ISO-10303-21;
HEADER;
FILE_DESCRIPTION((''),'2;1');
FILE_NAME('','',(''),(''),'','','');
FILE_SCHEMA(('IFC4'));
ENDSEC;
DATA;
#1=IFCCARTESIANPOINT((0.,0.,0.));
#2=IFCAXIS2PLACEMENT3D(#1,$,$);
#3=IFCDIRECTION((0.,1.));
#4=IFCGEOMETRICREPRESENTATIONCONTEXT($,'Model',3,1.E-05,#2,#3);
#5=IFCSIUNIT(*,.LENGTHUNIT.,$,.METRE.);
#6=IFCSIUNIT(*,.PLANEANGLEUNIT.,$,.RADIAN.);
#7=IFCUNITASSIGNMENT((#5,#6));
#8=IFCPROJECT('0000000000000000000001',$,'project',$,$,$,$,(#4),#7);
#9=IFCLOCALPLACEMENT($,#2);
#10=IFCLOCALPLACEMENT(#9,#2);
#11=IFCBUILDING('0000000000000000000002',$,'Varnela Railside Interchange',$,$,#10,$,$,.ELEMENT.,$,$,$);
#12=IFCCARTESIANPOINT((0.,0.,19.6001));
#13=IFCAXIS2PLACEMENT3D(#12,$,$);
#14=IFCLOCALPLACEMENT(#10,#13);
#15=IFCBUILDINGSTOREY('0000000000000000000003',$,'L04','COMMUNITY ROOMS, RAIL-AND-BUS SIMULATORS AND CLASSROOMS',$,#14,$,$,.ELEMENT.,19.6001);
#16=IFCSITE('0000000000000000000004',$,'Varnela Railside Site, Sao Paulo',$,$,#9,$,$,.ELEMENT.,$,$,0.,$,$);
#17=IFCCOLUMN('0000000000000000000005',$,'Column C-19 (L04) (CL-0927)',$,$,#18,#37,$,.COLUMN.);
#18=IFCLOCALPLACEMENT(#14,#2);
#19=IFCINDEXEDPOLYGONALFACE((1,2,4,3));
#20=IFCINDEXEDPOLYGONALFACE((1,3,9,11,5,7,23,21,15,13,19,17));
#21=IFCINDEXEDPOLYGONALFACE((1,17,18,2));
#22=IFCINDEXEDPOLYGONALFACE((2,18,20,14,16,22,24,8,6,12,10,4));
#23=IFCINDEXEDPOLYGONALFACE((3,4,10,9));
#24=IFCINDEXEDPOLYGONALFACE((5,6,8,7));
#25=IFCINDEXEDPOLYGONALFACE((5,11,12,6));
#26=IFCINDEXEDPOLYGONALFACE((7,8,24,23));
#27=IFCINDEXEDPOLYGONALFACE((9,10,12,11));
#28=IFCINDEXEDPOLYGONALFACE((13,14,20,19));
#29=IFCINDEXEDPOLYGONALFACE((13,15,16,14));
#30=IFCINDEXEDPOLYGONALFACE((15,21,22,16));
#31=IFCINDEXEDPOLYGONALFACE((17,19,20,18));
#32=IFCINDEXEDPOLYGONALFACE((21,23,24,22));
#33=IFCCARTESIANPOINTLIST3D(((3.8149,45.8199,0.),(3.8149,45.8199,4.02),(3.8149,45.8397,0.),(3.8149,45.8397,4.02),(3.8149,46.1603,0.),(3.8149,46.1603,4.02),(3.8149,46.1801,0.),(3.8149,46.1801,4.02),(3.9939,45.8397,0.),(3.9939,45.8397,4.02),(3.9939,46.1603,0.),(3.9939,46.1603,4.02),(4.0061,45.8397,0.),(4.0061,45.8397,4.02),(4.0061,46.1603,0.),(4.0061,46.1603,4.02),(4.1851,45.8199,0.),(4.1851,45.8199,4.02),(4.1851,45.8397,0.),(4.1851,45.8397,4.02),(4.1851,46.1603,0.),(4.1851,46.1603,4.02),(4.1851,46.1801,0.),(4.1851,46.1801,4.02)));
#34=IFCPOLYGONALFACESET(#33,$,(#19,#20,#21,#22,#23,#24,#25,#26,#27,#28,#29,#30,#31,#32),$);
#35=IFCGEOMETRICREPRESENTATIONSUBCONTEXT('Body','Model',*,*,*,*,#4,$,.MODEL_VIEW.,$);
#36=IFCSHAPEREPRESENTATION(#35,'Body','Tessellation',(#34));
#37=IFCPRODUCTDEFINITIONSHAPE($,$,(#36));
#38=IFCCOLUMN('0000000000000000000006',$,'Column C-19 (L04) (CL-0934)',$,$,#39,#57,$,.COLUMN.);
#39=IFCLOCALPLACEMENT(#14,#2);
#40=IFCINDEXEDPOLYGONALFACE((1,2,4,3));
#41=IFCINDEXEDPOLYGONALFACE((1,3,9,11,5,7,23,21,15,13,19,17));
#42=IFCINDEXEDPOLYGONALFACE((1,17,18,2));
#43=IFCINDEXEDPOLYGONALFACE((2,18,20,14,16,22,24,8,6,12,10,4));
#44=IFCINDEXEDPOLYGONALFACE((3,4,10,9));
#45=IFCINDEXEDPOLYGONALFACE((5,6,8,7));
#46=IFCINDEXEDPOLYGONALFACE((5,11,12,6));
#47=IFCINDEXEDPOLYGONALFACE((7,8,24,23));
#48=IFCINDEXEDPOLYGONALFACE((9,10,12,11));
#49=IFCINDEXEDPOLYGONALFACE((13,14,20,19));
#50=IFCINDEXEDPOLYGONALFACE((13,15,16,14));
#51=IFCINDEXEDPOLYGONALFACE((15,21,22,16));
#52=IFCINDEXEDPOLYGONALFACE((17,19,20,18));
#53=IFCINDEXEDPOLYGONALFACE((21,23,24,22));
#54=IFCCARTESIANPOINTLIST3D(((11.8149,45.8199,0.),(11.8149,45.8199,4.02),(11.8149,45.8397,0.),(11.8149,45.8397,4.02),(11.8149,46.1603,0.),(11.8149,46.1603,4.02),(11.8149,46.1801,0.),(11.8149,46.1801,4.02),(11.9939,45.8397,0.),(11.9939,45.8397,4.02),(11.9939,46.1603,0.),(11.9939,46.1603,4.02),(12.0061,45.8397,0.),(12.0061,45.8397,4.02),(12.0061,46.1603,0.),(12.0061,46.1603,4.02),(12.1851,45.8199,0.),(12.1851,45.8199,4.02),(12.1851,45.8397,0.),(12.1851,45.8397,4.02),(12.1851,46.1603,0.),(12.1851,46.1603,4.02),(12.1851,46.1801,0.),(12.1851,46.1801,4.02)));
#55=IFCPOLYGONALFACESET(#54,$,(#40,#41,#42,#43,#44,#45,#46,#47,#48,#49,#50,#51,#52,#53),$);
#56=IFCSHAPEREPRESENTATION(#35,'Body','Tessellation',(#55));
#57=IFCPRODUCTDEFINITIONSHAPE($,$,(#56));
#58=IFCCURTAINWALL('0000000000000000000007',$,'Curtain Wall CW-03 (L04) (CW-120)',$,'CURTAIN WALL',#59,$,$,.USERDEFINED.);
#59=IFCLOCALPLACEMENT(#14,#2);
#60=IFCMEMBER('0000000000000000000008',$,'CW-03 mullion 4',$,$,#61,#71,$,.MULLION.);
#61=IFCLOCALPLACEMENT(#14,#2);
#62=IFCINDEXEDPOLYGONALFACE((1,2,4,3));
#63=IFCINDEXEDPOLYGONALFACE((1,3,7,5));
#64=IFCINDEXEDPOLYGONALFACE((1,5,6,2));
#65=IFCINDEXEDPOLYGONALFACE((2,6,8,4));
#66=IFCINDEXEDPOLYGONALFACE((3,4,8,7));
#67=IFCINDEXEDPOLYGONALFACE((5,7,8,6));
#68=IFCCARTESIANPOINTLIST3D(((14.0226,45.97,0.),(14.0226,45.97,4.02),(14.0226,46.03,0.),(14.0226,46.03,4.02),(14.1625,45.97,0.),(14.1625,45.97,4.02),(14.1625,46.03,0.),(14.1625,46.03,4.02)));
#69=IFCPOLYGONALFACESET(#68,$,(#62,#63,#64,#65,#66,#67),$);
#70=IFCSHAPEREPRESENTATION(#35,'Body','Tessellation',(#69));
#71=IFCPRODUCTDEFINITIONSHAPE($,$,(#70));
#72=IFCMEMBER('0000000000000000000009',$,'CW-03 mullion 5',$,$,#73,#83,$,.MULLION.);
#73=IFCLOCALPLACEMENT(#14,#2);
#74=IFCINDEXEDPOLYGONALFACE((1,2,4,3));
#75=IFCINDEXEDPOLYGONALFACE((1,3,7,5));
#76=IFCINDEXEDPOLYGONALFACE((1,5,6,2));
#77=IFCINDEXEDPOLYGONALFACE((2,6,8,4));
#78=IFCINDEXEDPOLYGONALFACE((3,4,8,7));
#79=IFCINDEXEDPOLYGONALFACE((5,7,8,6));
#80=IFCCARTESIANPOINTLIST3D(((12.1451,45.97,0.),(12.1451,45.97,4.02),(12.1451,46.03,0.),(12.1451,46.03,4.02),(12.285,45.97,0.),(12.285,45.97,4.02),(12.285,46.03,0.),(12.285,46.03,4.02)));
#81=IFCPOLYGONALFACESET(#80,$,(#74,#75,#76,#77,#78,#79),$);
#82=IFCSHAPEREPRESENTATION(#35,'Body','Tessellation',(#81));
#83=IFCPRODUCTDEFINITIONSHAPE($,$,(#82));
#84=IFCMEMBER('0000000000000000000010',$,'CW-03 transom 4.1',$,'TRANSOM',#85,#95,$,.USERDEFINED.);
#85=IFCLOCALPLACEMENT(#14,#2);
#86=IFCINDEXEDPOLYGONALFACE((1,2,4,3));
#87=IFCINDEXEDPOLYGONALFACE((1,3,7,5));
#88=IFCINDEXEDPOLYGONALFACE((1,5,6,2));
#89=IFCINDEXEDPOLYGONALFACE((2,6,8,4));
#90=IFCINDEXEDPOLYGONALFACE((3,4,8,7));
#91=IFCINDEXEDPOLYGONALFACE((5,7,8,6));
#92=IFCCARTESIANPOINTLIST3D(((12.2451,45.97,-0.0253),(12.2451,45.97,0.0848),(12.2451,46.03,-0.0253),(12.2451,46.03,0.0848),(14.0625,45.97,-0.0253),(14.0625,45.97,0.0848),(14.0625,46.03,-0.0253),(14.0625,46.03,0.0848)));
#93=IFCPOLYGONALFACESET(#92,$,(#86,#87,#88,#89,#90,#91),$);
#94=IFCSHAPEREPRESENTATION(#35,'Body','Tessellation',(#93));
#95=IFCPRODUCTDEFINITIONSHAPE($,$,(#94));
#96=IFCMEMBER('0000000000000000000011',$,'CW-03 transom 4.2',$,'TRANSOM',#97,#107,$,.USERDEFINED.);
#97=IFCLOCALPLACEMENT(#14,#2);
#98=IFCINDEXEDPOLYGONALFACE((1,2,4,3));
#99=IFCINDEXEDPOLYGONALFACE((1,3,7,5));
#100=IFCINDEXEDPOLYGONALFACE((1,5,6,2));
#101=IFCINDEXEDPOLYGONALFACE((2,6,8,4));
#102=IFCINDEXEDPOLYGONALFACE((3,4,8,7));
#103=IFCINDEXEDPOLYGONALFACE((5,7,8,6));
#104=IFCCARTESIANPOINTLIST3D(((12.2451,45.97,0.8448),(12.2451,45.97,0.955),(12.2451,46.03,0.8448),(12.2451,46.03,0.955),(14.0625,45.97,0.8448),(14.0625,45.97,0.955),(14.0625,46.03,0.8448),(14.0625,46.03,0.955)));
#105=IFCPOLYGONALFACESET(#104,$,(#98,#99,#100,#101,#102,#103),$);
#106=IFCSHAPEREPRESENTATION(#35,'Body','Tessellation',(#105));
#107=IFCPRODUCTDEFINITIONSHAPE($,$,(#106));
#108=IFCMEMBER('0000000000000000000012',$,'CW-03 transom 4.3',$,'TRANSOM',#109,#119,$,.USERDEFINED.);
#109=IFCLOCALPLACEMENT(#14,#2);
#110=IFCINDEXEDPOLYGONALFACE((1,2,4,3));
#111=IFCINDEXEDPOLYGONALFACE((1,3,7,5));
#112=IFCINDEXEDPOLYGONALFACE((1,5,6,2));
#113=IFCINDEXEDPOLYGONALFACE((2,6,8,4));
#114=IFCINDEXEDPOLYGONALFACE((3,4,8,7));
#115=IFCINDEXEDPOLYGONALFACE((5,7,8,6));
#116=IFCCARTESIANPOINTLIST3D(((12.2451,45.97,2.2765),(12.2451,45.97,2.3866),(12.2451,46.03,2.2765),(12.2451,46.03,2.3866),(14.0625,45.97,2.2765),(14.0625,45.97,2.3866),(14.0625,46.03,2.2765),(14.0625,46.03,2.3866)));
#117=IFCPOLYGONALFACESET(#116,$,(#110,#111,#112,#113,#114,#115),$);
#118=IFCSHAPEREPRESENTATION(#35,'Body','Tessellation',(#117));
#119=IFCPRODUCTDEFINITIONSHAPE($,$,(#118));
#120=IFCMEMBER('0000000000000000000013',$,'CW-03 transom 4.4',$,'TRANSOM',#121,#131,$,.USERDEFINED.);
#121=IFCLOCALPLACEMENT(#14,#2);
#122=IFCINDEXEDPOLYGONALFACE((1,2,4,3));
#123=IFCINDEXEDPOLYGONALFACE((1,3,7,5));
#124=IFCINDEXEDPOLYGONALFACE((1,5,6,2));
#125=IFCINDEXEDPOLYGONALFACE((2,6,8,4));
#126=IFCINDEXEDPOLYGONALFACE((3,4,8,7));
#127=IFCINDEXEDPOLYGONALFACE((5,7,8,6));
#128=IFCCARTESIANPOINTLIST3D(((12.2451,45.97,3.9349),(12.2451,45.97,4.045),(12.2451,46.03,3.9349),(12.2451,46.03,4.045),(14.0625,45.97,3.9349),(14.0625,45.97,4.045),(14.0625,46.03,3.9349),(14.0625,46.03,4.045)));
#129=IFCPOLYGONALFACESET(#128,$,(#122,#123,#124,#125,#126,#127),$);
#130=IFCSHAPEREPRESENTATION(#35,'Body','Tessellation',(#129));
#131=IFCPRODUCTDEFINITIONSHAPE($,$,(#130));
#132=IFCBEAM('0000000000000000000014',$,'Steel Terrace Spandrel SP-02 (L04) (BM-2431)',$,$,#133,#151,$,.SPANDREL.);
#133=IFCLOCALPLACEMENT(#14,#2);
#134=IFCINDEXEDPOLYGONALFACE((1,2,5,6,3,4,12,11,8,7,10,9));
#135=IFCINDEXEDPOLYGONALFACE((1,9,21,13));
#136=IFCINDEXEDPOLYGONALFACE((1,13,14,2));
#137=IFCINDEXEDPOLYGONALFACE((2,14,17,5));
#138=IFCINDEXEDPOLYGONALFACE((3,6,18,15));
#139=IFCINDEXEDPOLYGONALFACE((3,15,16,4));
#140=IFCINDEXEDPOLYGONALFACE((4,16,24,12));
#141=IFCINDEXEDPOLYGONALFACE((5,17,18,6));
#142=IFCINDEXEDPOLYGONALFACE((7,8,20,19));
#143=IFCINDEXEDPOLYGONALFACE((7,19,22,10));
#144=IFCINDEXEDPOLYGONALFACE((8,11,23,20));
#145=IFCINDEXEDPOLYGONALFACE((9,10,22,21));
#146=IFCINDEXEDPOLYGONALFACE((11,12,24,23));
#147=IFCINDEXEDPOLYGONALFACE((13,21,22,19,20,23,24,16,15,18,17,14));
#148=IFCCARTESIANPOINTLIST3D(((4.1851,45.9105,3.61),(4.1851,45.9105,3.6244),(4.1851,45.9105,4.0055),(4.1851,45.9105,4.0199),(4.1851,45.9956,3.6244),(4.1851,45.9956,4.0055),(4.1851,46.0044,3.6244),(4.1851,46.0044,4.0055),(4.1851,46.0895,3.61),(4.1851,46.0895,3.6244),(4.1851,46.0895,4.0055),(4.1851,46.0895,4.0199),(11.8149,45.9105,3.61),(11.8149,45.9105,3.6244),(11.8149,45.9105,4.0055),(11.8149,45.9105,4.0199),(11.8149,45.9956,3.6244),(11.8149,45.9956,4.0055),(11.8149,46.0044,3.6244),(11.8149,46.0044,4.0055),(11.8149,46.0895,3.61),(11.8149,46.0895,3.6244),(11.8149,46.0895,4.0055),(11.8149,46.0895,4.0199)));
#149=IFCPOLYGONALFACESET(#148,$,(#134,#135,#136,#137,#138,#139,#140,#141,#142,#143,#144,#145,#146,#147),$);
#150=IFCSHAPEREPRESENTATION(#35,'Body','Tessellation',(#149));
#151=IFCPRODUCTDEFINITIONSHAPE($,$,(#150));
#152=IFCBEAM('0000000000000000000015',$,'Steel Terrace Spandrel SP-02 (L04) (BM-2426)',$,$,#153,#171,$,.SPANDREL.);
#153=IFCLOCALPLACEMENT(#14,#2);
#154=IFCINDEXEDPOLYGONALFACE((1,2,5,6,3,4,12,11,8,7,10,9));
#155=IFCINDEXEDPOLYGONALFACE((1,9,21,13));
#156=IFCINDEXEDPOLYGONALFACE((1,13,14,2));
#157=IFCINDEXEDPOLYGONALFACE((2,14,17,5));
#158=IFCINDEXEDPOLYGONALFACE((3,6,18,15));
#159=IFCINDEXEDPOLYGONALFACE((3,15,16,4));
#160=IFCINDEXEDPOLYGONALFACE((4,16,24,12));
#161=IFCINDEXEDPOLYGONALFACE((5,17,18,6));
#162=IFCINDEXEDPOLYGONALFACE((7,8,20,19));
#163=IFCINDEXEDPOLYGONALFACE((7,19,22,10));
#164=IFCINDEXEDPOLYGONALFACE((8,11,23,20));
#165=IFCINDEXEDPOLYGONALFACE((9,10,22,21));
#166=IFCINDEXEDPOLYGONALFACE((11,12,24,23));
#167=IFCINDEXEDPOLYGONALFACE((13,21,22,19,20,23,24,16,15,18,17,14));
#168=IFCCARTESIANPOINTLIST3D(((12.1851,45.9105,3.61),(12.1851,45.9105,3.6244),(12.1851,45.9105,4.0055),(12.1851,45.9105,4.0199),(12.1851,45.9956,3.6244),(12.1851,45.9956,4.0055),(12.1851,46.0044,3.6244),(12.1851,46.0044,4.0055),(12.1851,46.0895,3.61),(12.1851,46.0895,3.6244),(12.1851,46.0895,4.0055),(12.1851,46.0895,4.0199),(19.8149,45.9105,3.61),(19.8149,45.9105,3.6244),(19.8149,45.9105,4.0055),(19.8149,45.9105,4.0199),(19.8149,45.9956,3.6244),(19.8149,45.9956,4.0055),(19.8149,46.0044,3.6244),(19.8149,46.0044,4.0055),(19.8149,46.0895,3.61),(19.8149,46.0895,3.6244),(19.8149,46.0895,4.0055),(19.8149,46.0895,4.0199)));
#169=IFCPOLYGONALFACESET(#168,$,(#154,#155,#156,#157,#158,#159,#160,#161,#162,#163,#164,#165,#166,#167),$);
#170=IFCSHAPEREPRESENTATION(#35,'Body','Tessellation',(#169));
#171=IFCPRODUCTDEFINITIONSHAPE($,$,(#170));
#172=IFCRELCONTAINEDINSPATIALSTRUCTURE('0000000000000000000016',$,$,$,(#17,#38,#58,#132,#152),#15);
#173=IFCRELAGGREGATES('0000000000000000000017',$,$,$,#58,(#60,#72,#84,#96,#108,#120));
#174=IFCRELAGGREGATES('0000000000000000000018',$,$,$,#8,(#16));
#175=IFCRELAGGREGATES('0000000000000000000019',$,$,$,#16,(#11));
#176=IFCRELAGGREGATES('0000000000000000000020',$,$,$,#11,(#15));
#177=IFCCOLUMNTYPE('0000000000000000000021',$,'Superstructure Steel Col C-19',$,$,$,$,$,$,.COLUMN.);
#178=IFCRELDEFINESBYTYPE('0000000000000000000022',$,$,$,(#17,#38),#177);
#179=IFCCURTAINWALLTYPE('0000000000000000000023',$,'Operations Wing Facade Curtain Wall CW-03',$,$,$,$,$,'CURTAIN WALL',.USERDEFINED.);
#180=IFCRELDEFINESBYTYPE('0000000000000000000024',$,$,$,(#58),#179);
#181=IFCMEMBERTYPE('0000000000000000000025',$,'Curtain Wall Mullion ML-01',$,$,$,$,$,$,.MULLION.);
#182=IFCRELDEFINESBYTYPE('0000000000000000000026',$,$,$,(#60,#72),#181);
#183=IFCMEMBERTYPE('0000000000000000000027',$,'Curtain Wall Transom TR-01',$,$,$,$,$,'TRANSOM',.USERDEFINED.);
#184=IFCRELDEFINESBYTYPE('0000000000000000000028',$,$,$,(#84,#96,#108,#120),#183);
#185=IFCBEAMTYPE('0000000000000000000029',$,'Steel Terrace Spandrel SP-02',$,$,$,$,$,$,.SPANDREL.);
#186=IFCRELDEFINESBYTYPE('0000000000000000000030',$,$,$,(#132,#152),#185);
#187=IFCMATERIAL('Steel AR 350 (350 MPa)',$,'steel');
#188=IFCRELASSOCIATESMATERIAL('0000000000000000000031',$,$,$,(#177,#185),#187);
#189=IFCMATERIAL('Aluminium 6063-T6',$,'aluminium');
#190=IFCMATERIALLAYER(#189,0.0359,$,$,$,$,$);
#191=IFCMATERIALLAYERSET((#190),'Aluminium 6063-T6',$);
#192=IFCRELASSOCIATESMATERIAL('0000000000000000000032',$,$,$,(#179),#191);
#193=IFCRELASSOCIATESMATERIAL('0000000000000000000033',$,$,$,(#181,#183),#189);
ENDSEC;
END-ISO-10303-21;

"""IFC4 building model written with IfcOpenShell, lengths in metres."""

from ifc_helpers import new_model, si_unit, direction, frame, origin, origin_2d, place, context, subcontext, project, spatial, rectangle, i_section, extrude, material, layer, layer_set, material_profile, profile_set, type_object, element, aggregate, save


model = new_model("IFC4")

# Units and contexts
model_context = context("Model", 3, precision=1e-05, world=origin(), true_north=direction((0.0, 1.0)))
body_context = subcontext(model_context, "Body", "Model", "MODEL_VIEW")
ifc_project = project(units=[si_unit("LENGTHUNIT", "METRE"), si_unit("PLANEANGLEUNIT", "RADIAN")], contexts=[model_context])

# Site, building, storey
site_placement = place(None, origin())
site = spatial("IfcSite", under=ifc_project, at=site_placement, Name="Varnela Railside Site, Sao Paulo", CompositionType="ELEMENT", RefElevation=0.0)
building_placement = place(site_placement, origin())
building = spatial("IfcBuilding", under=site, at=building_placement, Name="Varnela Railside Interchange", CompositionType="ELEMENT")
storey_placement = place(building_placement, frame((0.0, 0.0, 19.6001)))
storey = spatial("IfcBuildingStorey", under=building, at=storey_placement, Name="L04", Description="COMMUNITY ROOMS, RAIL-AND-BUS SIMULATORS AND CLASSROOMS", CompositionType="ELEMENT", Elevation=19.6001)

# Columns
ifc_material_1 = material(Name="Steel AR 350 (350 MPa)", Category="steel")
ifc_material_profile_1 = material_profile(ifc_material_1, i_section(OverallWidth=0.3701, OverallDepth=0.3601, WebThickness=0.0122, FlangeThickness=0.0198, at=origin_2d()), Name="W360x147")
ifc_profile_set_1 = profile_set([ifc_material_profile_1], Name="Steel AR 350 (350 MPa)")
column_type = type_object("IfcColumnType", Name="Superstructure Steel Col C-19", PredefinedType="COLUMN", material=ifc_profile_set_1)
for number, where, z_axis, x_axis, name in (
    (1, (4.0, 46.0, 0.0), (0.0, 0.0, 1.0), (1.0, 0.0, 0.0), "Column C-19 (L04) (CL-0927)"),
    (2, (12.0, 46.0, 0.0), (0.0, 0.0, 1.0), (1.0, 0.0, 0.0), "Column C-19 (L04) (CL-0934)"),
):
    element("IfcColumn", number, at=place(storey_placement, frame(where, z_axis=z_axis, x_axis=x_axis)), inside=storey, type_object=column_type, Name=name, PredefinedType="COLUMN", context=body_context, shape_type="SweptSolid", body=[
        extrude(i_section(OverallWidth=0.3701, OverallDepth=0.3601, WebThickness=0.0122, FlangeThickness=0.0198, at=origin_2d()), origin(), (0.0, 0.0, 1.0), 4.02),
    ])

# Curtain wall, members
ifc_material_2 = material(Name="Aluminium 6063-T6", Category="aluminium")
ifc_layer_1 = layer(ifc_material_2, 0.0359)
ifc_layer_set_1 = layer_set([ifc_layer_1], Name="Aluminium 6063-T6")
curtain_wall_type = type_object("IfcCurtainWallType", Name="Operations Wing Facade Curtain Wall CW-03", ElementType="CURTAIN WALL", PredefinedType="USERDEFINED", material=ifc_layer_set_1)
curtain_wall_placement = place(storey_placement, origin())
curtain_wall = element("IfcCurtainWall", 3, at=curtain_wall_placement, inside=storey, type_object=curtain_wall_type, Name="Curtain Wall CW-03 (L04) (CW-120)", ObjectType="CURTAIN WALL", PredefinedType="USERDEFINED")
ifc_material_profile_2 = material_profile(ifc_material_2, rectangle(XDim=0.0601, YDim=0.1399, at=origin_2d()), Name="ALU 60x140")
ifc_profile_set_2 = profile_set([ifc_material_profile_2], Name="Aluminium 6063-T6")
member_type_1 = type_object("IfcMemberType", Name="Curtain Wall Mullion ML-01", PredefinedType="MULLION", material=ifc_profile_set_2)
member_1_placement = place(storey_placement, frame((14.0925, 46.0, 0.0), z_axis=(0.0, 0.0, 1.0), x_axis=(0.0, -1.0, 0.0)))
member_1 = element("IfcMember", 4, at=member_1_placement, type_object=member_type_1, Name="CW-03 mullion 4", PredefinedType="MULLION", context=body_context, shape_type="SweptSolid", body=[
    extrude(rectangle(XDim=0.0601, YDim=0.1399, at=origin_2d()), origin(), (0.0, 0.0, 1.0), 4.02),
])
member_2_placement = place(storey_placement, frame((12.2151, 46.0, 0.0), z_axis=(0.0, 0.0, 1.0), x_axis=(0.0, -1.0, 0.0)))
member_2 = element("IfcMember", 5, at=member_2_placement, type_object=member_type_1, Name="CW-03 mullion 5", PredefinedType="MULLION", context=body_context, shape_type="SweptSolid", body=[
    extrude(rectangle(XDim=0.0601, YDim=0.1399, at=origin_2d()), origin(), (0.0, 0.0, 1.0), 4.02),
])
ifc_material_profile_3 = material_profile(ifc_material_2, rectangle(XDim=0.0601, YDim=0.1101, at=origin_2d()), Name="ALU 60x110")
ifc_profile_set_3 = profile_set([ifc_material_profile_3], Name="Aluminium 6063-T6")
member_type_2 = type_object("IfcMemberType", Name="Curtain Wall Transom TR-01", ElementType="TRANSOM", PredefinedType="USERDEFINED", material=ifc_profile_set_3)
member_3_placement = place(storey_placement, frame((14.0625, 46.0, 0.0298), z_axis=(-1.0, 0.0, 0.0), x_axis=(0.0, -1.0, 0.0)))
member_3 = element("IfcMember", 6, at=member_3_placement, type_object=member_type_2, Name="CW-03 transom 4.1", ObjectType="TRANSOM", PredefinedType="USERDEFINED", context=body_context, shape_type="SweptSolid", body=[
    extrude(rectangle(XDim=0.0601, YDim=0.1101, at=origin_2d()), origin(), (0.0, 0.0, 1.0), 1.8174),
])
member_4_placement = place(storey_placement, frame((14.0625, 46.0, 0.8999), z_axis=(-1.0, 0.0, 0.0), x_axis=(0.0, -1.0, 0.0)))
member_4 = element("IfcMember", 7, at=member_4_placement, type_object=member_type_2, Name="CW-03 transom 4.2", ObjectType="TRANSOM", PredefinedType="USERDEFINED", context=body_context, shape_type="SweptSolid", body=[
    extrude(rectangle(XDim=0.0601, YDim=0.1101, at=origin_2d()), origin(), (0.0, 0.0, 1.0), 1.8174),
])
member_5_placement = place(storey_placement, frame((14.0625, 46.0, 2.3315), z_axis=(-1.0, 0.0, 0.0), x_axis=(0.0, -1.0, 0.0)))
member_5 = element("IfcMember", 8, at=member_5_placement, type_object=member_type_2, Name="CW-03 transom 4.3", ObjectType="TRANSOM", PredefinedType="USERDEFINED", context=body_context, shape_type="SweptSolid", body=[
    extrude(rectangle(XDim=0.0601, YDim=0.1101, at=origin_2d()), origin(), (0.0, 0.0, 1.0), 1.8174),
])
member_6_placement = place(storey_placement, frame((14.0625, 46.0, 3.99), z_axis=(-1.0, 0.0, 0.0), x_axis=(0.0, -1.0, 0.0)))
member_6 = element("IfcMember", 9, at=member_6_placement, type_object=member_type_2, Name="CW-03 transom 4.4", ObjectType="TRANSOM", PredefinedType="USERDEFINED", context=body_context, shape_type="SweptSolid", body=[
    extrude(rectangle(XDim=0.0601, YDim=0.1101, at=origin_2d()), origin(), (0.0, 0.0, 1.0), 1.8174),
])

# Beams
ifc_material_profile_4 = material_profile(ifc_material_1, i_section(OverallWidth=0.179, OverallDepth=0.4099, WebThickness=0.0088, FlangeThickness=0.0144, at=origin_2d()), Name="W410x67")
ifc_profile_set_4 = profile_set([ifc_material_profile_4], Name="Steel AR 350 (350 MPa)")
beam_type = type_object("IfcBeamType", Name="Steel Terrace Spandrel SP-02", PredefinedType="SPANDREL", material=ifc_profile_set_4)
for number, where, z_axis, x_axis, name in (
    (10, (4.1851, 46.0, 3.8149), (1.0, 0.0, 0.0), (0.0, 1.0, 0.0), "Steel Terrace Spandrel SP-02 (L04) (BM-2431)"),
    (11, (12.1851, 46.0, 3.8149), (1.0, 0.0, 0.0), (0.0, 1.0, 0.0), "Steel Terrace Spandrel SP-02 (L04) (BM-2426)"),
):
    element("IfcBeam", number, at=place(storey_placement, frame(where, z_axis=z_axis, x_axis=x_axis)), inside=storey, type_object=beam_type, Name=name, PredefinedType="SPANDREL", context=body_context, shape_type="SweptSolid", body=[
        extrude(i_section(OverallWidth=0.179, OverallDepth=0.4099, WebThickness=0.0088, FlangeThickness=0.0144, at=origin_2d()), origin(), (0.0, 0.0, 1.0), 7.6299),
    ])

aggregate(curtain_wall, [member_1, member_2, member_3, member_4, member_5, member_6])

save(model, "model.ifc")
